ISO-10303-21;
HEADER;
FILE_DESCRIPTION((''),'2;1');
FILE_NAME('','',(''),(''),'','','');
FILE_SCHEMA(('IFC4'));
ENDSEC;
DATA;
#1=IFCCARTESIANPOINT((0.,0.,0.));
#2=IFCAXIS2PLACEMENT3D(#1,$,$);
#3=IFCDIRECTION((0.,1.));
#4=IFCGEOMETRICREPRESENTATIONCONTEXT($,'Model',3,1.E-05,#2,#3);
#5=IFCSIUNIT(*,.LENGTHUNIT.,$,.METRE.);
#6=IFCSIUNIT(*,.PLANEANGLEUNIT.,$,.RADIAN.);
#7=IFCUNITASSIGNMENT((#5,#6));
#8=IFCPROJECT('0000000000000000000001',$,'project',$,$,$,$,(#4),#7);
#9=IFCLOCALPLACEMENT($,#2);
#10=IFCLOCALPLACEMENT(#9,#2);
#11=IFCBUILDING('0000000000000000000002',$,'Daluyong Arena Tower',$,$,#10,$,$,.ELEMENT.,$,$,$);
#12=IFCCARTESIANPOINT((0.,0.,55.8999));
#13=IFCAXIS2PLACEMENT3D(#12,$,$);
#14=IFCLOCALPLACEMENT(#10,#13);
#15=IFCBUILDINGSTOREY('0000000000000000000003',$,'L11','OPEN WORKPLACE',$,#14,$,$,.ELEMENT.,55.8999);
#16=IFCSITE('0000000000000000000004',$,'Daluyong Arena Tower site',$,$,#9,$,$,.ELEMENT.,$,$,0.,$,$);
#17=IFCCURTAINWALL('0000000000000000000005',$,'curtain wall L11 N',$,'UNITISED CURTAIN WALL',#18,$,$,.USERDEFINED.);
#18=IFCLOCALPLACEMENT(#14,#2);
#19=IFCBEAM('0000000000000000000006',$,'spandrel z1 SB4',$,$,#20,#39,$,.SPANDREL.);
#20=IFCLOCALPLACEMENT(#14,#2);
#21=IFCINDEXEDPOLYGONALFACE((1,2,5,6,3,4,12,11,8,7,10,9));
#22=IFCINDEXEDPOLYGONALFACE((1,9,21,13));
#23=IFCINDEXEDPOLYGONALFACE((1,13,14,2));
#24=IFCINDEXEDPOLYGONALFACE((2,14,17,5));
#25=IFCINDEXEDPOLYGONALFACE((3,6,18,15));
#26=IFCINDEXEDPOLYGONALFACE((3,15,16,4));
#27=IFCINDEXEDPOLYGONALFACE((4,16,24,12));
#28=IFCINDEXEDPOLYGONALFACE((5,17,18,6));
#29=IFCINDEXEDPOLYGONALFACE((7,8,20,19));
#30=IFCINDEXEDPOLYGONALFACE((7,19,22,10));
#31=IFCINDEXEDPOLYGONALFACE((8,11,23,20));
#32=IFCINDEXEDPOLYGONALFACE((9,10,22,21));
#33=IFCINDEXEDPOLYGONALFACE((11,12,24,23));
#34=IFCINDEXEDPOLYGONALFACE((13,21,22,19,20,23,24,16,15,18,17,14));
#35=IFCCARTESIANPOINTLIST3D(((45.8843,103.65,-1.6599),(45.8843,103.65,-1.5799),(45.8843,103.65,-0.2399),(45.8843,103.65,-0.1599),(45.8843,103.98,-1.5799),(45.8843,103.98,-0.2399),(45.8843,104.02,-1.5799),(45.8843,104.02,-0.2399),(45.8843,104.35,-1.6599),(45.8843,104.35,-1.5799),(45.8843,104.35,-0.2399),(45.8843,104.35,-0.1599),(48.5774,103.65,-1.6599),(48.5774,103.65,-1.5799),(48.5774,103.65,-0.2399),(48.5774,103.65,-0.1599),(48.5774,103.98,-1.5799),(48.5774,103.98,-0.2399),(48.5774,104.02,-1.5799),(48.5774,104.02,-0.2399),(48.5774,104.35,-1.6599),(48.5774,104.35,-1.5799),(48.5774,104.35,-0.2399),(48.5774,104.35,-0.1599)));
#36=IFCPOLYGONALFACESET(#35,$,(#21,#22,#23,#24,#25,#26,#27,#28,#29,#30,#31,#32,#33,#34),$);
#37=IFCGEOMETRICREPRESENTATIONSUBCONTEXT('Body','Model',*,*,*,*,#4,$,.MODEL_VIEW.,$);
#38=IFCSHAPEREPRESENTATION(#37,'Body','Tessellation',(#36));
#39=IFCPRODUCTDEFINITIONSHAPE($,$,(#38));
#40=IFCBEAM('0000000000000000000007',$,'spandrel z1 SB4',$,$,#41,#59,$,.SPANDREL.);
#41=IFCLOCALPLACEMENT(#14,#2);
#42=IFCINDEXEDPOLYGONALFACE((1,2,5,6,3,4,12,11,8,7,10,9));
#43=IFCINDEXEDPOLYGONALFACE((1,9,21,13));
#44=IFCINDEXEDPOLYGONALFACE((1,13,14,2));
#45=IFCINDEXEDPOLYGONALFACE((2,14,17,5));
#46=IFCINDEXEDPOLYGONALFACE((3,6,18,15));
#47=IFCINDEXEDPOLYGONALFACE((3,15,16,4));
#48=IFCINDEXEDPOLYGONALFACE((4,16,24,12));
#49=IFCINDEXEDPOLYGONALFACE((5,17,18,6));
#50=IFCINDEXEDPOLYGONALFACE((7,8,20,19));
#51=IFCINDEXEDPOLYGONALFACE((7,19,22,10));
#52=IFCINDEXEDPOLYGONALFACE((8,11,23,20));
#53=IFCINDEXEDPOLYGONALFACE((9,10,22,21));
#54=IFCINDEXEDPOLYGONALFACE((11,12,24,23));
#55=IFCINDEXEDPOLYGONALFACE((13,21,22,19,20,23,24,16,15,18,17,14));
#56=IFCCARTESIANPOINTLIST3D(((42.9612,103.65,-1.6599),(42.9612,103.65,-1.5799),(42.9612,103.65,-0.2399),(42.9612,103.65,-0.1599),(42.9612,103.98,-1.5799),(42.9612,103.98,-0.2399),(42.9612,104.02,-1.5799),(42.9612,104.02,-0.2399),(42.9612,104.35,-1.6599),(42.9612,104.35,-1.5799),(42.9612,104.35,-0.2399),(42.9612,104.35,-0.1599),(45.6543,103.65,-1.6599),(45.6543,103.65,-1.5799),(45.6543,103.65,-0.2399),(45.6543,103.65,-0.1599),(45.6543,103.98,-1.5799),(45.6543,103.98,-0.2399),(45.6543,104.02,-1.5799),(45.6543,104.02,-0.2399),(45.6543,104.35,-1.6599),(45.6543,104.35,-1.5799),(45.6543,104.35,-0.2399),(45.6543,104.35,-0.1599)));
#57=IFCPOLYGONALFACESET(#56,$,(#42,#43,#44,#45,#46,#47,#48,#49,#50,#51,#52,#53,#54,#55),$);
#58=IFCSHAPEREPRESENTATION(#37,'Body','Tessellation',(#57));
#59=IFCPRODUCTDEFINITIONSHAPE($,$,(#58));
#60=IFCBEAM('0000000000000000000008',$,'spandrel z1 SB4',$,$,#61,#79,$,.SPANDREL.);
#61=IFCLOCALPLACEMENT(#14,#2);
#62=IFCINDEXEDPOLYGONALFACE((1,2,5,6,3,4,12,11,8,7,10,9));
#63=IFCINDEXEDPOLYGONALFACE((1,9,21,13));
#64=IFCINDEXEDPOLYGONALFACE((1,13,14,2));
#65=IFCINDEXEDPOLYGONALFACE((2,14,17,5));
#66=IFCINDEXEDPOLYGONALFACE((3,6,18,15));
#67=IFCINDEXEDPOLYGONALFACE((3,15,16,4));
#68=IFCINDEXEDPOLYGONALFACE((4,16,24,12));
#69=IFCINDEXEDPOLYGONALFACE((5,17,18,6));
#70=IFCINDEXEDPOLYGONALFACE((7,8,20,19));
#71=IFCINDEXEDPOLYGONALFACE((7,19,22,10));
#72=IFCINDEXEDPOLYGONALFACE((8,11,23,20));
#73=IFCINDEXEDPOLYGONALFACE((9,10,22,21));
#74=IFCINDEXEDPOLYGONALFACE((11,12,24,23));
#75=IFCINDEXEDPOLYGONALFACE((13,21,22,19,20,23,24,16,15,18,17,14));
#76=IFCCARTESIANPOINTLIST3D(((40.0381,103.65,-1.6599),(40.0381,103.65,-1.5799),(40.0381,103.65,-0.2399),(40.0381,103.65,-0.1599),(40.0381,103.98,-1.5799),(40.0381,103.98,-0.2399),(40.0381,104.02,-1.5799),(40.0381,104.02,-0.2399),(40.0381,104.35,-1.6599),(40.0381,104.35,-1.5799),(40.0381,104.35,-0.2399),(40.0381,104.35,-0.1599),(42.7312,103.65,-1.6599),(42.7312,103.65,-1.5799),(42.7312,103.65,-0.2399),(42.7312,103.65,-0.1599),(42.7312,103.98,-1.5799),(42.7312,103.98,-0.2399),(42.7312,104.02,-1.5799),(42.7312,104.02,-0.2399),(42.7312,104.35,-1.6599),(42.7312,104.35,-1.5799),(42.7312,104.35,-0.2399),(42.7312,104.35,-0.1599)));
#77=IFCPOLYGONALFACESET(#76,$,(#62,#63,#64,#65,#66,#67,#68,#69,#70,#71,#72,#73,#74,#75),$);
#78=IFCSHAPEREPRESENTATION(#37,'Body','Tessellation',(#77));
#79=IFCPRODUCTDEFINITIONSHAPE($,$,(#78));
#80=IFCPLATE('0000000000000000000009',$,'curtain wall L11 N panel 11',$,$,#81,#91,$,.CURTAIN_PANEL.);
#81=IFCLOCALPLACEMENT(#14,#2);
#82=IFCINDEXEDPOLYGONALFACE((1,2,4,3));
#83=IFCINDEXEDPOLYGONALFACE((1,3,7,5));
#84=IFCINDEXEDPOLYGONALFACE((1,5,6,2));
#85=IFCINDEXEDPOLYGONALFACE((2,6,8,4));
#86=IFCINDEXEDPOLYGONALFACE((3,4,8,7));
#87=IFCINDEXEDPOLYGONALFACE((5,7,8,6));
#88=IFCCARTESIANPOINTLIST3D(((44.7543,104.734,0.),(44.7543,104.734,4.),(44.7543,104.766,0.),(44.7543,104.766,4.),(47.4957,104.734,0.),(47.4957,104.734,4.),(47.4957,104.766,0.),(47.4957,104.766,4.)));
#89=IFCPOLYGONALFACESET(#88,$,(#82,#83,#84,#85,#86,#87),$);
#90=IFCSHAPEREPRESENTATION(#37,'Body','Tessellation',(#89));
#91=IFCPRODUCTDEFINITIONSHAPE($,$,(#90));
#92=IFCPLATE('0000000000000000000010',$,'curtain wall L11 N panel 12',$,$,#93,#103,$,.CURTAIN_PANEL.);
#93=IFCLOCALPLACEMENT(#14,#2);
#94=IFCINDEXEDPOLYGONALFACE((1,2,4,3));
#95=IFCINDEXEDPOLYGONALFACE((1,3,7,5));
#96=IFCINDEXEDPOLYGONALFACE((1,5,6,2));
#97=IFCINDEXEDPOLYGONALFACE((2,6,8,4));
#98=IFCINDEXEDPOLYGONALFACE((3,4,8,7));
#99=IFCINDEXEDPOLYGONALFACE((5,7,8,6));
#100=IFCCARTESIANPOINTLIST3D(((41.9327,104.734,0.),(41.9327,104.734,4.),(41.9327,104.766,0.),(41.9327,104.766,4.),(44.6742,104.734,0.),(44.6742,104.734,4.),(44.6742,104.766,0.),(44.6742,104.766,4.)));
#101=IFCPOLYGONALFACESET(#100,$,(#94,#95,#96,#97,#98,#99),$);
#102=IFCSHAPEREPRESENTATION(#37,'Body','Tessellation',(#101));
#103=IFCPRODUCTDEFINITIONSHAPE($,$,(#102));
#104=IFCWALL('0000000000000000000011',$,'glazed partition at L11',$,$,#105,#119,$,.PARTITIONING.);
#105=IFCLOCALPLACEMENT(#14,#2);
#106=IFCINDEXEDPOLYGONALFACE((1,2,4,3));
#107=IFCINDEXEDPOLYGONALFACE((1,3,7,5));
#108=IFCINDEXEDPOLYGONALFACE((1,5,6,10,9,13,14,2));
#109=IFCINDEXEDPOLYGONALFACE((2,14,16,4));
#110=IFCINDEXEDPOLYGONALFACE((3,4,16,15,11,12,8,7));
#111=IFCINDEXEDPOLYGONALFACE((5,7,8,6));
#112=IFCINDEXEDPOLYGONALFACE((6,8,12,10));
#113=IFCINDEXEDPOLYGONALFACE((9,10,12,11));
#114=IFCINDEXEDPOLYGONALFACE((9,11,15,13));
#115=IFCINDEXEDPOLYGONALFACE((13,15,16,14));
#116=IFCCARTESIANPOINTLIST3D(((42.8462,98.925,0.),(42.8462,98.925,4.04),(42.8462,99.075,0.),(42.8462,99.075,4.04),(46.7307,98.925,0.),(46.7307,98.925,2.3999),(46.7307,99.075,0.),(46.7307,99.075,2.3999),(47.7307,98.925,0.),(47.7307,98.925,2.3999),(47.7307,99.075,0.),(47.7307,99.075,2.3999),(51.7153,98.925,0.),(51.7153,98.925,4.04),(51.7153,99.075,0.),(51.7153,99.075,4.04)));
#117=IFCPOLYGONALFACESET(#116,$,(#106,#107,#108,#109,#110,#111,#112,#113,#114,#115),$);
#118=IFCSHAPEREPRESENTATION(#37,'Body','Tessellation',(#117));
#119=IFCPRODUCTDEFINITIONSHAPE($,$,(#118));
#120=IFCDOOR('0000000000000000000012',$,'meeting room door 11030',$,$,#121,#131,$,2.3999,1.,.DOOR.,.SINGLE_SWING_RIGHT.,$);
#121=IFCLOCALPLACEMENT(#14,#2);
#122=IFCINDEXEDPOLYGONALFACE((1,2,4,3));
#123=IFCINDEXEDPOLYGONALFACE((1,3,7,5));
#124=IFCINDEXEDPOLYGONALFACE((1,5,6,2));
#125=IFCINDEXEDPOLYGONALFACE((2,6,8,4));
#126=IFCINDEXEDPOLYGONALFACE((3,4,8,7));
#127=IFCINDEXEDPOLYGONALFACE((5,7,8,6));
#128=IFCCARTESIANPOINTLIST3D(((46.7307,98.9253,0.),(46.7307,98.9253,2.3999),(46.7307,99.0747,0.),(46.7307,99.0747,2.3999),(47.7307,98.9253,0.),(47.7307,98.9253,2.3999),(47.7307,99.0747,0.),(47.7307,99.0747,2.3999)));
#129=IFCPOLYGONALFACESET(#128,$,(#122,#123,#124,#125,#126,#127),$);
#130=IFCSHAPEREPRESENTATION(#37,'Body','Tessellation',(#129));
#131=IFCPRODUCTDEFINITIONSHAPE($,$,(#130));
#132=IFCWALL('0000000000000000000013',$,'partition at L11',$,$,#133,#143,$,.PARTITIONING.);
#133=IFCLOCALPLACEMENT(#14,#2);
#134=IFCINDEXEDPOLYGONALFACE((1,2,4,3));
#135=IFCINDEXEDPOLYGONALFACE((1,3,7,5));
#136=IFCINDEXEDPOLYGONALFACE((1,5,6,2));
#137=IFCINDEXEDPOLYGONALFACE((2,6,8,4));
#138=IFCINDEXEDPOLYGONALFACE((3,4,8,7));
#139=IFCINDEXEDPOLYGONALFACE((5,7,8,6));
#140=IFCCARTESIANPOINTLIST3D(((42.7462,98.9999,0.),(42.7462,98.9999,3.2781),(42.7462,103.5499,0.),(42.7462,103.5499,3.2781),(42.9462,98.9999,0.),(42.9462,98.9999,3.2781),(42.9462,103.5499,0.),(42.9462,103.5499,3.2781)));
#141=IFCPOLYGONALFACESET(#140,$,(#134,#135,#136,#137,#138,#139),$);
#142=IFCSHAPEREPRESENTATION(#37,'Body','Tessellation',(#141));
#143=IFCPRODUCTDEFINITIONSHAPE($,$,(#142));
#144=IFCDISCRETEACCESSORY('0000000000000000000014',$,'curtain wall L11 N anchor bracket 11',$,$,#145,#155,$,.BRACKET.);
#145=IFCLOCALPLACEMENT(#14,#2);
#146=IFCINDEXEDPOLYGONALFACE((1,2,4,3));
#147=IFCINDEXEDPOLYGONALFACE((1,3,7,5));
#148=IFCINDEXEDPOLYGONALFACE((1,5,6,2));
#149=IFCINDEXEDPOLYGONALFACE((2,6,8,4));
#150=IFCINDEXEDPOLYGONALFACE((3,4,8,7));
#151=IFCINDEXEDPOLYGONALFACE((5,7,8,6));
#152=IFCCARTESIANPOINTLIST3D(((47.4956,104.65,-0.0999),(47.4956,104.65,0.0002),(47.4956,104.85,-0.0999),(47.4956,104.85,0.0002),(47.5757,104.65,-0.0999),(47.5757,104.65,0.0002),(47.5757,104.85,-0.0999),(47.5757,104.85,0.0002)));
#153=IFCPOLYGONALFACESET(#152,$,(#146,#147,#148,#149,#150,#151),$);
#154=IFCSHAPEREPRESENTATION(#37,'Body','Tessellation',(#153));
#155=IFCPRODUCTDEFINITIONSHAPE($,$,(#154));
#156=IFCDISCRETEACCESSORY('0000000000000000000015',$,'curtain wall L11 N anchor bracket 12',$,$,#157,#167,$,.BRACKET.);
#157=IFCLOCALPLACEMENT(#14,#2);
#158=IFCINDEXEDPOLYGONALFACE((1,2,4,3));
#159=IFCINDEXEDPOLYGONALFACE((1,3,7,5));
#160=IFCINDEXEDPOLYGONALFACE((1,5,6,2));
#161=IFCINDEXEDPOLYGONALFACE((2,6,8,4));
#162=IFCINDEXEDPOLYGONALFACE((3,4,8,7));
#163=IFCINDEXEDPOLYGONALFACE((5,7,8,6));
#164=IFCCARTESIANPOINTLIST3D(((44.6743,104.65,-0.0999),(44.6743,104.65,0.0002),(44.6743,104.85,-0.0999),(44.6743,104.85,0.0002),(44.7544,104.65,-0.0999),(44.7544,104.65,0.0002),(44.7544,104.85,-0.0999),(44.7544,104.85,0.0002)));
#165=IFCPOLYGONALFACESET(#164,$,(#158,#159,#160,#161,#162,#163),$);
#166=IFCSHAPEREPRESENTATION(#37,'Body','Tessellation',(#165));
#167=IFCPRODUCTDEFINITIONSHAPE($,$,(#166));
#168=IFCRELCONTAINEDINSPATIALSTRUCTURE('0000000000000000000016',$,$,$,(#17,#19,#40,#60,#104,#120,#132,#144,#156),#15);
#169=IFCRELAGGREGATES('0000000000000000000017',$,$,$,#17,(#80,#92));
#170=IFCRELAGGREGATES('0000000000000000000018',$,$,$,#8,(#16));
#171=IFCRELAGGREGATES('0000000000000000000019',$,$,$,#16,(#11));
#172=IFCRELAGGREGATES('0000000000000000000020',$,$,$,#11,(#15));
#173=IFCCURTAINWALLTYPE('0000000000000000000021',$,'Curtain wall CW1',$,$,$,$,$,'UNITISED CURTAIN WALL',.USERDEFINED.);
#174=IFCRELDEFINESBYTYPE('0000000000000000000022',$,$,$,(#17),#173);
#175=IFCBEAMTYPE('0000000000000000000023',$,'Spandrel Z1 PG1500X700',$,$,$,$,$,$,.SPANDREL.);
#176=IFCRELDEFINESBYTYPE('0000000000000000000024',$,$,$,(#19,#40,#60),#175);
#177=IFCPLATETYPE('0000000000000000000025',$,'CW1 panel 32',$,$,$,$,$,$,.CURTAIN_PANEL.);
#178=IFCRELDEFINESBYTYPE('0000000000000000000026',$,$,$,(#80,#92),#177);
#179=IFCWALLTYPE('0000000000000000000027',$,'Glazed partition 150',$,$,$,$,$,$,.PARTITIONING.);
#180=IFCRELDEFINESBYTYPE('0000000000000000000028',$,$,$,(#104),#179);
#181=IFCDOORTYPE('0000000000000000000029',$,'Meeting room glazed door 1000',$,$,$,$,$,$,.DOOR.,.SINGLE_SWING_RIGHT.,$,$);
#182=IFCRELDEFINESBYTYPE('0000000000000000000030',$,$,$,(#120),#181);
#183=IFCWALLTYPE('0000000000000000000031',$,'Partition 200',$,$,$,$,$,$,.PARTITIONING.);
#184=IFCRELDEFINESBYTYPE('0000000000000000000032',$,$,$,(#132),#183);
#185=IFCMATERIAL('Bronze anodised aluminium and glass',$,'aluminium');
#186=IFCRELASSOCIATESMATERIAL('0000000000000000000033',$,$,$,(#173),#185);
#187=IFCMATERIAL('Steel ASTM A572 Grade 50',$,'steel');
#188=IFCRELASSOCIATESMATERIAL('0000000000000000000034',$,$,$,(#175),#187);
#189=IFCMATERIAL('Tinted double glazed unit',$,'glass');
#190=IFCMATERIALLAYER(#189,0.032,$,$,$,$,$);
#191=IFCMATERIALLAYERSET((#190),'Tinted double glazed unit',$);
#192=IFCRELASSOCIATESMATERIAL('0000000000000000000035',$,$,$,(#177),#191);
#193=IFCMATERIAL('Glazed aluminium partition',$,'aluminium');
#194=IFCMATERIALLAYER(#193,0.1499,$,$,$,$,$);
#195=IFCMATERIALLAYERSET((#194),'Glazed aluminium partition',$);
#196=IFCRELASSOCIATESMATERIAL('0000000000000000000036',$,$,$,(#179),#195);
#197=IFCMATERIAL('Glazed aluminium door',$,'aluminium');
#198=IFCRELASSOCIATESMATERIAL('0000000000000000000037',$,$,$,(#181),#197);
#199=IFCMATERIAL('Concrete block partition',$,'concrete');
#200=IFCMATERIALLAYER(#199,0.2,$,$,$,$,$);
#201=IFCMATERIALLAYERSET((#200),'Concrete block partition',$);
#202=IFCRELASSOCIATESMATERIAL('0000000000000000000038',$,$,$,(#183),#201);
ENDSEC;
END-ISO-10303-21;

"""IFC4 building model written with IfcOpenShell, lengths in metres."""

from ifc_helpers import new_model, si_unit, direction, frame, frame_2d, origin, origin_2d, place, context, subcontext, project, spatial, rectangle, i_section, extrude, material, layer, layer_set, material_profile, profile_set, type_object, element, fill, aggregate, save


model = new_model("IFC4")

# Units and contexts
model_context = context("Model", 3, precision=1e-05, world=origin(), true_north=direction((0.0, 1.0)))
body_context = subcontext(model_context, "Body", "Model", "MODEL_VIEW")
ifc_project = project(units=[si_unit("LENGTHUNIT", "METRE"), si_unit("PLANEANGLEUNIT", "RADIAN")], contexts=[model_context])

# Site, building, storey
site_placement = place(None, origin())
site = spatial("IfcSite", under=ifc_project, at=site_placement, Name="Daluyong Arena Tower site", CompositionType="ELEMENT", RefElevation=0.0)
building_placement = place(site_placement, origin())
building = spatial("IfcBuilding", under=site, at=building_placement, Name="Daluyong Arena Tower", CompositionType="ELEMENT")
storey_placement = place(building_placement, frame((0.0, 0.0, 55.8999)))
storey = spatial("IfcBuildingStorey", under=building, at=storey_placement, Name="L11", Description="OPEN WORKPLACE", CompositionType="ELEMENT", Elevation=55.8999)

# Curtain wall
ifc_material_1 = material(Name="Bronze anodised aluminium and glass", Category="aluminium")
curtain_wall_type = type_object("IfcCurtainWallType", Name="Curtain wall CW1", ElementType="UNITISED CURTAIN WALL", PredefinedType="USERDEFINED", material=ifc_material_1)
curtain_wall_placement = place(storey_placement, origin())
curtain_wall = element("IfcCurtainWall", 1, at=curtain_wall_placement, inside=storey, type_object=curtain_wall_type, Name="curtain wall L11 N", ObjectType="UNITISED CURTAIN WALL", PredefinedType="USERDEFINED")

# Beams
ifc_material_2 = material(Name="Steel ASTM A572 Grade 50", Category="steel")
ifc_material_profile_1 = material_profile(ifc_material_2, i_section(OverallWidth=0.7, OverallDepth=1.5, WebThickness=0.04, FlangeThickness=0.08, at=origin_2d()))
ifc_profile_set_1 = profile_set([ifc_material_profile_1], Name="Steel ASTM A572 Grade 50")
beam_type_1 = type_object("IfcBeamType", Name="Spandrel Z1 PG1500X700", PredefinedType="SPANDREL", material=ifc_profile_set_1)
for number, where, z_axis, x_axis, name in (
    (2, (48.5774, 104.0, -0.9099), (-1.0, 0.0, 0.0), (0.0, -1.0, 0.0), "spandrel z1 SB4"),
    (3, (45.6543, 104.0, -0.9099), (-1.0, 0.0, 0.0), (0.0, -1.0, 0.0), "spandrel z1 SB4"),
    (4, (42.7312, 104.0, -0.9099), (-1.0, 0.0, 0.0), (0.0, -1.0, 0.0), "spandrel z1 SB4"),
):
    element("IfcBeam", number, at=place(storey_placement, frame(where, z_axis=z_axis, x_axis=x_axis)), inside=storey, type_object=beam_type_1, Name=name, PredefinedType="SPANDREL", context=body_context, shape_type="SweptSolid", body=[
        extrude(i_section(OverallWidth=0.7, OverallDepth=1.5, WebThickness=0.04, FlangeThickness=0.08, at=origin_2d()), origin(), (0.0, 0.0, 1.0), 2.6931),
    ])

# Plates
ifc_material_3 = material(Name="Tinted double glazed unit", Category="glass")
ifc_layer_1 = layer(ifc_material_3, 0.032)
ifc_layer_set_1 = layer_set([ifc_layer_1], Name="Tinted double glazed unit")
plate_type = type_object("IfcPlateType", Name="CW1 panel 32", PredefinedType="CURTAIN_PANEL", material=ifc_layer_set_1)
plate_1_placement = place(storey_placement, frame((46.125, 104.75, 0.0), z_axis=(0.0, 0.0, 1.0), x_axis=(-1.0, 0.0, 0.0)))
plate_1 = element("IfcPlate", 5, at=plate_1_placement, type_object=plate_type, Name="curtain wall L11 N panel 11", PredefinedType="CURTAIN_PANEL", context=body_context, shape_type="SweptSolid", body=[
    extrude(rectangle(XDim=2.7415, YDim=0.032, at=origin_2d()), origin(), (0.0, 0.0, 1.0), 4.0),
])
plate_2_placement = place(storey_placement, frame((43.3035, 104.75, 0.0), z_axis=(0.0, 0.0, 1.0), x_axis=(-1.0, 0.0, 0.0)))
plate_2 = element("IfcPlate", 6, at=plate_2_placement, type_object=plate_type, Name="curtain wall L11 N panel 12", PredefinedType="CURTAIN_PANEL", context=body_context, shape_type="SweptSolid", body=[
    extrude(rectangle(XDim=2.7415, YDim=0.032, at=origin_2d()), origin(), (0.0, 0.0, 1.0), 4.0),
])
aggregate(curtain_wall, [plate_1, plate_2])

# Wall, opening, door
ifc_material_4 = material(Name="Glazed aluminium partition", Category="aluminium")
ifc_layer_2 = layer(ifc_material_4, 0.1499)
ifc_layer_set_2 = layer_set([ifc_layer_2], Name="Glazed aluminium partition")
wall_type_1 = type_object("IfcWallType", Name="Glazed partition 150", PredefinedType="PARTITIONING", material=ifc_layer_set_2)
wall_1_placement = place(storey_placement, frame((42.8462, 99.0, 0.0), z_axis=(0.0, 0.0, 1.0), x_axis=(1.0, 0.0, 0.0)))
wall_1 = element("IfcWall", 7, at=wall_1_placement, inside=storey, type_object=wall_type_1, Name="glazed partition at L11", PredefinedType="PARTITIONING", context=body_context, shape_type="SweptSolid", body=[
    extrude(rectangle(XDim=8.8691, YDim=0.1499, at=frame_2d((4.4346, 0.0))), origin(), (0.0, 0.0, 1.0), 4.04),
])
opening_placement = place(wall_1_placement, frame((3.8845, 0.0, 0.0)))
opening = element("IfcOpeningElement", 8, at=opening_placement, cuts=wall_1, PredefinedType="OPENING", context=body_context, shape_type="SweptSolid", body=[
    extrude(rectangle(XDim=1.0, YDim=2.3999, at=frame_2d((0.5, 1.2))), frame((0.0, 0.085, 0.0), z_axis=(0.0, -1.0, 0.0), x_axis=(1.0, 0.0, 0.0)), (0.0, 0.0, 1.0), 0.1699),
])
ifc_material_5 = material(Name="Glazed aluminium door", Category="aluminium")
door_type = type_object("IfcDoorType", Name="Meeting room glazed door 1000", OperationType="SINGLE_SWING_RIGHT", PredefinedType="DOOR", material=ifc_material_5)
door_placement = place(opening_placement, origin())
door = element("IfcDoor", 9, at=door_placement, inside=storey, type_object=door_type, Name="meeting room door 11030", OperationType="SINGLE_SWING_RIGHT", OverallHeight=2.3999, OverallWidth=1.0, PredefinedType="DOOR", context=body_context, shape_type="SweptSolid", body=[
    extrude(rectangle(XDim=1.0, YDim=2.3999, at=frame_2d((0.5, 1.2))), frame((0.0, 0.0747, 0.0), z_axis=(0.0, -1.0, 0.0), x_axis=(1.0, 0.0, 0.0)), (0.0, 0.0, 1.0), 0.1494),
])
fill(opening, door)

# Wall
ifc_material_6 = material(Name="Concrete block partition", Category="concrete")
ifc_layer_3 = layer(ifc_material_6, 0.2)
ifc_layer_set_3 = layer_set([ifc_layer_3], Name="Concrete block partition")
wall_type_2 = type_object("IfcWallType", Name="Partition 200", PredefinedType="PARTITIONING", material=ifc_layer_set_3)
wall_2_placement = place(storey_placement, frame((42.8462, 99.0, 0.0), z_axis=(0.0, 0.0, 1.0), x_axis=(0.0, 1.0, 0.0)))
element("IfcWall", 10, at=wall_2_placement, inside=storey, type_object=wall_type_2, Name="partition at L11", PredefinedType="PARTITIONING", context=body_context, shape_type="SweptSolid", body=[
    extrude(rectangle(XDim=4.55, YDim=0.2, at=frame_2d((2.2749, 0.0))), origin(), (0.0, 0.0, 1.0), 3.2781),
])

# Discrete accessories
for number, where, z_axis, x_axis, name in (
    (11, (47.5356, 104.75, -0.0999), (0.0, 0.0, 1.0), (-1.0, 0.0, 0.0), "curtain wall L11 N anchor bracket 11"),
    (12, (44.7144, 104.75, -0.0999), (0.0, 0.0, 1.0), (-1.0, 0.0, 0.0), "curtain wall L11 N anchor bracket 12"),
):
    element("IfcDiscreteAccessory", number, at=place(storey_placement, frame(where, z_axis=z_axis, x_axis=x_axis)), inside=storey, Name=name, PredefinedType="BRACKET", context=body_context, shape_type="SweptSolid", body=[
        extrude(rectangle(XDim=0.0801, YDim=0.2, at=origin_2d()), origin(), (0.0, 0.0, 1.0), 0.1001),
    ])

save(model, "model.ifc")
